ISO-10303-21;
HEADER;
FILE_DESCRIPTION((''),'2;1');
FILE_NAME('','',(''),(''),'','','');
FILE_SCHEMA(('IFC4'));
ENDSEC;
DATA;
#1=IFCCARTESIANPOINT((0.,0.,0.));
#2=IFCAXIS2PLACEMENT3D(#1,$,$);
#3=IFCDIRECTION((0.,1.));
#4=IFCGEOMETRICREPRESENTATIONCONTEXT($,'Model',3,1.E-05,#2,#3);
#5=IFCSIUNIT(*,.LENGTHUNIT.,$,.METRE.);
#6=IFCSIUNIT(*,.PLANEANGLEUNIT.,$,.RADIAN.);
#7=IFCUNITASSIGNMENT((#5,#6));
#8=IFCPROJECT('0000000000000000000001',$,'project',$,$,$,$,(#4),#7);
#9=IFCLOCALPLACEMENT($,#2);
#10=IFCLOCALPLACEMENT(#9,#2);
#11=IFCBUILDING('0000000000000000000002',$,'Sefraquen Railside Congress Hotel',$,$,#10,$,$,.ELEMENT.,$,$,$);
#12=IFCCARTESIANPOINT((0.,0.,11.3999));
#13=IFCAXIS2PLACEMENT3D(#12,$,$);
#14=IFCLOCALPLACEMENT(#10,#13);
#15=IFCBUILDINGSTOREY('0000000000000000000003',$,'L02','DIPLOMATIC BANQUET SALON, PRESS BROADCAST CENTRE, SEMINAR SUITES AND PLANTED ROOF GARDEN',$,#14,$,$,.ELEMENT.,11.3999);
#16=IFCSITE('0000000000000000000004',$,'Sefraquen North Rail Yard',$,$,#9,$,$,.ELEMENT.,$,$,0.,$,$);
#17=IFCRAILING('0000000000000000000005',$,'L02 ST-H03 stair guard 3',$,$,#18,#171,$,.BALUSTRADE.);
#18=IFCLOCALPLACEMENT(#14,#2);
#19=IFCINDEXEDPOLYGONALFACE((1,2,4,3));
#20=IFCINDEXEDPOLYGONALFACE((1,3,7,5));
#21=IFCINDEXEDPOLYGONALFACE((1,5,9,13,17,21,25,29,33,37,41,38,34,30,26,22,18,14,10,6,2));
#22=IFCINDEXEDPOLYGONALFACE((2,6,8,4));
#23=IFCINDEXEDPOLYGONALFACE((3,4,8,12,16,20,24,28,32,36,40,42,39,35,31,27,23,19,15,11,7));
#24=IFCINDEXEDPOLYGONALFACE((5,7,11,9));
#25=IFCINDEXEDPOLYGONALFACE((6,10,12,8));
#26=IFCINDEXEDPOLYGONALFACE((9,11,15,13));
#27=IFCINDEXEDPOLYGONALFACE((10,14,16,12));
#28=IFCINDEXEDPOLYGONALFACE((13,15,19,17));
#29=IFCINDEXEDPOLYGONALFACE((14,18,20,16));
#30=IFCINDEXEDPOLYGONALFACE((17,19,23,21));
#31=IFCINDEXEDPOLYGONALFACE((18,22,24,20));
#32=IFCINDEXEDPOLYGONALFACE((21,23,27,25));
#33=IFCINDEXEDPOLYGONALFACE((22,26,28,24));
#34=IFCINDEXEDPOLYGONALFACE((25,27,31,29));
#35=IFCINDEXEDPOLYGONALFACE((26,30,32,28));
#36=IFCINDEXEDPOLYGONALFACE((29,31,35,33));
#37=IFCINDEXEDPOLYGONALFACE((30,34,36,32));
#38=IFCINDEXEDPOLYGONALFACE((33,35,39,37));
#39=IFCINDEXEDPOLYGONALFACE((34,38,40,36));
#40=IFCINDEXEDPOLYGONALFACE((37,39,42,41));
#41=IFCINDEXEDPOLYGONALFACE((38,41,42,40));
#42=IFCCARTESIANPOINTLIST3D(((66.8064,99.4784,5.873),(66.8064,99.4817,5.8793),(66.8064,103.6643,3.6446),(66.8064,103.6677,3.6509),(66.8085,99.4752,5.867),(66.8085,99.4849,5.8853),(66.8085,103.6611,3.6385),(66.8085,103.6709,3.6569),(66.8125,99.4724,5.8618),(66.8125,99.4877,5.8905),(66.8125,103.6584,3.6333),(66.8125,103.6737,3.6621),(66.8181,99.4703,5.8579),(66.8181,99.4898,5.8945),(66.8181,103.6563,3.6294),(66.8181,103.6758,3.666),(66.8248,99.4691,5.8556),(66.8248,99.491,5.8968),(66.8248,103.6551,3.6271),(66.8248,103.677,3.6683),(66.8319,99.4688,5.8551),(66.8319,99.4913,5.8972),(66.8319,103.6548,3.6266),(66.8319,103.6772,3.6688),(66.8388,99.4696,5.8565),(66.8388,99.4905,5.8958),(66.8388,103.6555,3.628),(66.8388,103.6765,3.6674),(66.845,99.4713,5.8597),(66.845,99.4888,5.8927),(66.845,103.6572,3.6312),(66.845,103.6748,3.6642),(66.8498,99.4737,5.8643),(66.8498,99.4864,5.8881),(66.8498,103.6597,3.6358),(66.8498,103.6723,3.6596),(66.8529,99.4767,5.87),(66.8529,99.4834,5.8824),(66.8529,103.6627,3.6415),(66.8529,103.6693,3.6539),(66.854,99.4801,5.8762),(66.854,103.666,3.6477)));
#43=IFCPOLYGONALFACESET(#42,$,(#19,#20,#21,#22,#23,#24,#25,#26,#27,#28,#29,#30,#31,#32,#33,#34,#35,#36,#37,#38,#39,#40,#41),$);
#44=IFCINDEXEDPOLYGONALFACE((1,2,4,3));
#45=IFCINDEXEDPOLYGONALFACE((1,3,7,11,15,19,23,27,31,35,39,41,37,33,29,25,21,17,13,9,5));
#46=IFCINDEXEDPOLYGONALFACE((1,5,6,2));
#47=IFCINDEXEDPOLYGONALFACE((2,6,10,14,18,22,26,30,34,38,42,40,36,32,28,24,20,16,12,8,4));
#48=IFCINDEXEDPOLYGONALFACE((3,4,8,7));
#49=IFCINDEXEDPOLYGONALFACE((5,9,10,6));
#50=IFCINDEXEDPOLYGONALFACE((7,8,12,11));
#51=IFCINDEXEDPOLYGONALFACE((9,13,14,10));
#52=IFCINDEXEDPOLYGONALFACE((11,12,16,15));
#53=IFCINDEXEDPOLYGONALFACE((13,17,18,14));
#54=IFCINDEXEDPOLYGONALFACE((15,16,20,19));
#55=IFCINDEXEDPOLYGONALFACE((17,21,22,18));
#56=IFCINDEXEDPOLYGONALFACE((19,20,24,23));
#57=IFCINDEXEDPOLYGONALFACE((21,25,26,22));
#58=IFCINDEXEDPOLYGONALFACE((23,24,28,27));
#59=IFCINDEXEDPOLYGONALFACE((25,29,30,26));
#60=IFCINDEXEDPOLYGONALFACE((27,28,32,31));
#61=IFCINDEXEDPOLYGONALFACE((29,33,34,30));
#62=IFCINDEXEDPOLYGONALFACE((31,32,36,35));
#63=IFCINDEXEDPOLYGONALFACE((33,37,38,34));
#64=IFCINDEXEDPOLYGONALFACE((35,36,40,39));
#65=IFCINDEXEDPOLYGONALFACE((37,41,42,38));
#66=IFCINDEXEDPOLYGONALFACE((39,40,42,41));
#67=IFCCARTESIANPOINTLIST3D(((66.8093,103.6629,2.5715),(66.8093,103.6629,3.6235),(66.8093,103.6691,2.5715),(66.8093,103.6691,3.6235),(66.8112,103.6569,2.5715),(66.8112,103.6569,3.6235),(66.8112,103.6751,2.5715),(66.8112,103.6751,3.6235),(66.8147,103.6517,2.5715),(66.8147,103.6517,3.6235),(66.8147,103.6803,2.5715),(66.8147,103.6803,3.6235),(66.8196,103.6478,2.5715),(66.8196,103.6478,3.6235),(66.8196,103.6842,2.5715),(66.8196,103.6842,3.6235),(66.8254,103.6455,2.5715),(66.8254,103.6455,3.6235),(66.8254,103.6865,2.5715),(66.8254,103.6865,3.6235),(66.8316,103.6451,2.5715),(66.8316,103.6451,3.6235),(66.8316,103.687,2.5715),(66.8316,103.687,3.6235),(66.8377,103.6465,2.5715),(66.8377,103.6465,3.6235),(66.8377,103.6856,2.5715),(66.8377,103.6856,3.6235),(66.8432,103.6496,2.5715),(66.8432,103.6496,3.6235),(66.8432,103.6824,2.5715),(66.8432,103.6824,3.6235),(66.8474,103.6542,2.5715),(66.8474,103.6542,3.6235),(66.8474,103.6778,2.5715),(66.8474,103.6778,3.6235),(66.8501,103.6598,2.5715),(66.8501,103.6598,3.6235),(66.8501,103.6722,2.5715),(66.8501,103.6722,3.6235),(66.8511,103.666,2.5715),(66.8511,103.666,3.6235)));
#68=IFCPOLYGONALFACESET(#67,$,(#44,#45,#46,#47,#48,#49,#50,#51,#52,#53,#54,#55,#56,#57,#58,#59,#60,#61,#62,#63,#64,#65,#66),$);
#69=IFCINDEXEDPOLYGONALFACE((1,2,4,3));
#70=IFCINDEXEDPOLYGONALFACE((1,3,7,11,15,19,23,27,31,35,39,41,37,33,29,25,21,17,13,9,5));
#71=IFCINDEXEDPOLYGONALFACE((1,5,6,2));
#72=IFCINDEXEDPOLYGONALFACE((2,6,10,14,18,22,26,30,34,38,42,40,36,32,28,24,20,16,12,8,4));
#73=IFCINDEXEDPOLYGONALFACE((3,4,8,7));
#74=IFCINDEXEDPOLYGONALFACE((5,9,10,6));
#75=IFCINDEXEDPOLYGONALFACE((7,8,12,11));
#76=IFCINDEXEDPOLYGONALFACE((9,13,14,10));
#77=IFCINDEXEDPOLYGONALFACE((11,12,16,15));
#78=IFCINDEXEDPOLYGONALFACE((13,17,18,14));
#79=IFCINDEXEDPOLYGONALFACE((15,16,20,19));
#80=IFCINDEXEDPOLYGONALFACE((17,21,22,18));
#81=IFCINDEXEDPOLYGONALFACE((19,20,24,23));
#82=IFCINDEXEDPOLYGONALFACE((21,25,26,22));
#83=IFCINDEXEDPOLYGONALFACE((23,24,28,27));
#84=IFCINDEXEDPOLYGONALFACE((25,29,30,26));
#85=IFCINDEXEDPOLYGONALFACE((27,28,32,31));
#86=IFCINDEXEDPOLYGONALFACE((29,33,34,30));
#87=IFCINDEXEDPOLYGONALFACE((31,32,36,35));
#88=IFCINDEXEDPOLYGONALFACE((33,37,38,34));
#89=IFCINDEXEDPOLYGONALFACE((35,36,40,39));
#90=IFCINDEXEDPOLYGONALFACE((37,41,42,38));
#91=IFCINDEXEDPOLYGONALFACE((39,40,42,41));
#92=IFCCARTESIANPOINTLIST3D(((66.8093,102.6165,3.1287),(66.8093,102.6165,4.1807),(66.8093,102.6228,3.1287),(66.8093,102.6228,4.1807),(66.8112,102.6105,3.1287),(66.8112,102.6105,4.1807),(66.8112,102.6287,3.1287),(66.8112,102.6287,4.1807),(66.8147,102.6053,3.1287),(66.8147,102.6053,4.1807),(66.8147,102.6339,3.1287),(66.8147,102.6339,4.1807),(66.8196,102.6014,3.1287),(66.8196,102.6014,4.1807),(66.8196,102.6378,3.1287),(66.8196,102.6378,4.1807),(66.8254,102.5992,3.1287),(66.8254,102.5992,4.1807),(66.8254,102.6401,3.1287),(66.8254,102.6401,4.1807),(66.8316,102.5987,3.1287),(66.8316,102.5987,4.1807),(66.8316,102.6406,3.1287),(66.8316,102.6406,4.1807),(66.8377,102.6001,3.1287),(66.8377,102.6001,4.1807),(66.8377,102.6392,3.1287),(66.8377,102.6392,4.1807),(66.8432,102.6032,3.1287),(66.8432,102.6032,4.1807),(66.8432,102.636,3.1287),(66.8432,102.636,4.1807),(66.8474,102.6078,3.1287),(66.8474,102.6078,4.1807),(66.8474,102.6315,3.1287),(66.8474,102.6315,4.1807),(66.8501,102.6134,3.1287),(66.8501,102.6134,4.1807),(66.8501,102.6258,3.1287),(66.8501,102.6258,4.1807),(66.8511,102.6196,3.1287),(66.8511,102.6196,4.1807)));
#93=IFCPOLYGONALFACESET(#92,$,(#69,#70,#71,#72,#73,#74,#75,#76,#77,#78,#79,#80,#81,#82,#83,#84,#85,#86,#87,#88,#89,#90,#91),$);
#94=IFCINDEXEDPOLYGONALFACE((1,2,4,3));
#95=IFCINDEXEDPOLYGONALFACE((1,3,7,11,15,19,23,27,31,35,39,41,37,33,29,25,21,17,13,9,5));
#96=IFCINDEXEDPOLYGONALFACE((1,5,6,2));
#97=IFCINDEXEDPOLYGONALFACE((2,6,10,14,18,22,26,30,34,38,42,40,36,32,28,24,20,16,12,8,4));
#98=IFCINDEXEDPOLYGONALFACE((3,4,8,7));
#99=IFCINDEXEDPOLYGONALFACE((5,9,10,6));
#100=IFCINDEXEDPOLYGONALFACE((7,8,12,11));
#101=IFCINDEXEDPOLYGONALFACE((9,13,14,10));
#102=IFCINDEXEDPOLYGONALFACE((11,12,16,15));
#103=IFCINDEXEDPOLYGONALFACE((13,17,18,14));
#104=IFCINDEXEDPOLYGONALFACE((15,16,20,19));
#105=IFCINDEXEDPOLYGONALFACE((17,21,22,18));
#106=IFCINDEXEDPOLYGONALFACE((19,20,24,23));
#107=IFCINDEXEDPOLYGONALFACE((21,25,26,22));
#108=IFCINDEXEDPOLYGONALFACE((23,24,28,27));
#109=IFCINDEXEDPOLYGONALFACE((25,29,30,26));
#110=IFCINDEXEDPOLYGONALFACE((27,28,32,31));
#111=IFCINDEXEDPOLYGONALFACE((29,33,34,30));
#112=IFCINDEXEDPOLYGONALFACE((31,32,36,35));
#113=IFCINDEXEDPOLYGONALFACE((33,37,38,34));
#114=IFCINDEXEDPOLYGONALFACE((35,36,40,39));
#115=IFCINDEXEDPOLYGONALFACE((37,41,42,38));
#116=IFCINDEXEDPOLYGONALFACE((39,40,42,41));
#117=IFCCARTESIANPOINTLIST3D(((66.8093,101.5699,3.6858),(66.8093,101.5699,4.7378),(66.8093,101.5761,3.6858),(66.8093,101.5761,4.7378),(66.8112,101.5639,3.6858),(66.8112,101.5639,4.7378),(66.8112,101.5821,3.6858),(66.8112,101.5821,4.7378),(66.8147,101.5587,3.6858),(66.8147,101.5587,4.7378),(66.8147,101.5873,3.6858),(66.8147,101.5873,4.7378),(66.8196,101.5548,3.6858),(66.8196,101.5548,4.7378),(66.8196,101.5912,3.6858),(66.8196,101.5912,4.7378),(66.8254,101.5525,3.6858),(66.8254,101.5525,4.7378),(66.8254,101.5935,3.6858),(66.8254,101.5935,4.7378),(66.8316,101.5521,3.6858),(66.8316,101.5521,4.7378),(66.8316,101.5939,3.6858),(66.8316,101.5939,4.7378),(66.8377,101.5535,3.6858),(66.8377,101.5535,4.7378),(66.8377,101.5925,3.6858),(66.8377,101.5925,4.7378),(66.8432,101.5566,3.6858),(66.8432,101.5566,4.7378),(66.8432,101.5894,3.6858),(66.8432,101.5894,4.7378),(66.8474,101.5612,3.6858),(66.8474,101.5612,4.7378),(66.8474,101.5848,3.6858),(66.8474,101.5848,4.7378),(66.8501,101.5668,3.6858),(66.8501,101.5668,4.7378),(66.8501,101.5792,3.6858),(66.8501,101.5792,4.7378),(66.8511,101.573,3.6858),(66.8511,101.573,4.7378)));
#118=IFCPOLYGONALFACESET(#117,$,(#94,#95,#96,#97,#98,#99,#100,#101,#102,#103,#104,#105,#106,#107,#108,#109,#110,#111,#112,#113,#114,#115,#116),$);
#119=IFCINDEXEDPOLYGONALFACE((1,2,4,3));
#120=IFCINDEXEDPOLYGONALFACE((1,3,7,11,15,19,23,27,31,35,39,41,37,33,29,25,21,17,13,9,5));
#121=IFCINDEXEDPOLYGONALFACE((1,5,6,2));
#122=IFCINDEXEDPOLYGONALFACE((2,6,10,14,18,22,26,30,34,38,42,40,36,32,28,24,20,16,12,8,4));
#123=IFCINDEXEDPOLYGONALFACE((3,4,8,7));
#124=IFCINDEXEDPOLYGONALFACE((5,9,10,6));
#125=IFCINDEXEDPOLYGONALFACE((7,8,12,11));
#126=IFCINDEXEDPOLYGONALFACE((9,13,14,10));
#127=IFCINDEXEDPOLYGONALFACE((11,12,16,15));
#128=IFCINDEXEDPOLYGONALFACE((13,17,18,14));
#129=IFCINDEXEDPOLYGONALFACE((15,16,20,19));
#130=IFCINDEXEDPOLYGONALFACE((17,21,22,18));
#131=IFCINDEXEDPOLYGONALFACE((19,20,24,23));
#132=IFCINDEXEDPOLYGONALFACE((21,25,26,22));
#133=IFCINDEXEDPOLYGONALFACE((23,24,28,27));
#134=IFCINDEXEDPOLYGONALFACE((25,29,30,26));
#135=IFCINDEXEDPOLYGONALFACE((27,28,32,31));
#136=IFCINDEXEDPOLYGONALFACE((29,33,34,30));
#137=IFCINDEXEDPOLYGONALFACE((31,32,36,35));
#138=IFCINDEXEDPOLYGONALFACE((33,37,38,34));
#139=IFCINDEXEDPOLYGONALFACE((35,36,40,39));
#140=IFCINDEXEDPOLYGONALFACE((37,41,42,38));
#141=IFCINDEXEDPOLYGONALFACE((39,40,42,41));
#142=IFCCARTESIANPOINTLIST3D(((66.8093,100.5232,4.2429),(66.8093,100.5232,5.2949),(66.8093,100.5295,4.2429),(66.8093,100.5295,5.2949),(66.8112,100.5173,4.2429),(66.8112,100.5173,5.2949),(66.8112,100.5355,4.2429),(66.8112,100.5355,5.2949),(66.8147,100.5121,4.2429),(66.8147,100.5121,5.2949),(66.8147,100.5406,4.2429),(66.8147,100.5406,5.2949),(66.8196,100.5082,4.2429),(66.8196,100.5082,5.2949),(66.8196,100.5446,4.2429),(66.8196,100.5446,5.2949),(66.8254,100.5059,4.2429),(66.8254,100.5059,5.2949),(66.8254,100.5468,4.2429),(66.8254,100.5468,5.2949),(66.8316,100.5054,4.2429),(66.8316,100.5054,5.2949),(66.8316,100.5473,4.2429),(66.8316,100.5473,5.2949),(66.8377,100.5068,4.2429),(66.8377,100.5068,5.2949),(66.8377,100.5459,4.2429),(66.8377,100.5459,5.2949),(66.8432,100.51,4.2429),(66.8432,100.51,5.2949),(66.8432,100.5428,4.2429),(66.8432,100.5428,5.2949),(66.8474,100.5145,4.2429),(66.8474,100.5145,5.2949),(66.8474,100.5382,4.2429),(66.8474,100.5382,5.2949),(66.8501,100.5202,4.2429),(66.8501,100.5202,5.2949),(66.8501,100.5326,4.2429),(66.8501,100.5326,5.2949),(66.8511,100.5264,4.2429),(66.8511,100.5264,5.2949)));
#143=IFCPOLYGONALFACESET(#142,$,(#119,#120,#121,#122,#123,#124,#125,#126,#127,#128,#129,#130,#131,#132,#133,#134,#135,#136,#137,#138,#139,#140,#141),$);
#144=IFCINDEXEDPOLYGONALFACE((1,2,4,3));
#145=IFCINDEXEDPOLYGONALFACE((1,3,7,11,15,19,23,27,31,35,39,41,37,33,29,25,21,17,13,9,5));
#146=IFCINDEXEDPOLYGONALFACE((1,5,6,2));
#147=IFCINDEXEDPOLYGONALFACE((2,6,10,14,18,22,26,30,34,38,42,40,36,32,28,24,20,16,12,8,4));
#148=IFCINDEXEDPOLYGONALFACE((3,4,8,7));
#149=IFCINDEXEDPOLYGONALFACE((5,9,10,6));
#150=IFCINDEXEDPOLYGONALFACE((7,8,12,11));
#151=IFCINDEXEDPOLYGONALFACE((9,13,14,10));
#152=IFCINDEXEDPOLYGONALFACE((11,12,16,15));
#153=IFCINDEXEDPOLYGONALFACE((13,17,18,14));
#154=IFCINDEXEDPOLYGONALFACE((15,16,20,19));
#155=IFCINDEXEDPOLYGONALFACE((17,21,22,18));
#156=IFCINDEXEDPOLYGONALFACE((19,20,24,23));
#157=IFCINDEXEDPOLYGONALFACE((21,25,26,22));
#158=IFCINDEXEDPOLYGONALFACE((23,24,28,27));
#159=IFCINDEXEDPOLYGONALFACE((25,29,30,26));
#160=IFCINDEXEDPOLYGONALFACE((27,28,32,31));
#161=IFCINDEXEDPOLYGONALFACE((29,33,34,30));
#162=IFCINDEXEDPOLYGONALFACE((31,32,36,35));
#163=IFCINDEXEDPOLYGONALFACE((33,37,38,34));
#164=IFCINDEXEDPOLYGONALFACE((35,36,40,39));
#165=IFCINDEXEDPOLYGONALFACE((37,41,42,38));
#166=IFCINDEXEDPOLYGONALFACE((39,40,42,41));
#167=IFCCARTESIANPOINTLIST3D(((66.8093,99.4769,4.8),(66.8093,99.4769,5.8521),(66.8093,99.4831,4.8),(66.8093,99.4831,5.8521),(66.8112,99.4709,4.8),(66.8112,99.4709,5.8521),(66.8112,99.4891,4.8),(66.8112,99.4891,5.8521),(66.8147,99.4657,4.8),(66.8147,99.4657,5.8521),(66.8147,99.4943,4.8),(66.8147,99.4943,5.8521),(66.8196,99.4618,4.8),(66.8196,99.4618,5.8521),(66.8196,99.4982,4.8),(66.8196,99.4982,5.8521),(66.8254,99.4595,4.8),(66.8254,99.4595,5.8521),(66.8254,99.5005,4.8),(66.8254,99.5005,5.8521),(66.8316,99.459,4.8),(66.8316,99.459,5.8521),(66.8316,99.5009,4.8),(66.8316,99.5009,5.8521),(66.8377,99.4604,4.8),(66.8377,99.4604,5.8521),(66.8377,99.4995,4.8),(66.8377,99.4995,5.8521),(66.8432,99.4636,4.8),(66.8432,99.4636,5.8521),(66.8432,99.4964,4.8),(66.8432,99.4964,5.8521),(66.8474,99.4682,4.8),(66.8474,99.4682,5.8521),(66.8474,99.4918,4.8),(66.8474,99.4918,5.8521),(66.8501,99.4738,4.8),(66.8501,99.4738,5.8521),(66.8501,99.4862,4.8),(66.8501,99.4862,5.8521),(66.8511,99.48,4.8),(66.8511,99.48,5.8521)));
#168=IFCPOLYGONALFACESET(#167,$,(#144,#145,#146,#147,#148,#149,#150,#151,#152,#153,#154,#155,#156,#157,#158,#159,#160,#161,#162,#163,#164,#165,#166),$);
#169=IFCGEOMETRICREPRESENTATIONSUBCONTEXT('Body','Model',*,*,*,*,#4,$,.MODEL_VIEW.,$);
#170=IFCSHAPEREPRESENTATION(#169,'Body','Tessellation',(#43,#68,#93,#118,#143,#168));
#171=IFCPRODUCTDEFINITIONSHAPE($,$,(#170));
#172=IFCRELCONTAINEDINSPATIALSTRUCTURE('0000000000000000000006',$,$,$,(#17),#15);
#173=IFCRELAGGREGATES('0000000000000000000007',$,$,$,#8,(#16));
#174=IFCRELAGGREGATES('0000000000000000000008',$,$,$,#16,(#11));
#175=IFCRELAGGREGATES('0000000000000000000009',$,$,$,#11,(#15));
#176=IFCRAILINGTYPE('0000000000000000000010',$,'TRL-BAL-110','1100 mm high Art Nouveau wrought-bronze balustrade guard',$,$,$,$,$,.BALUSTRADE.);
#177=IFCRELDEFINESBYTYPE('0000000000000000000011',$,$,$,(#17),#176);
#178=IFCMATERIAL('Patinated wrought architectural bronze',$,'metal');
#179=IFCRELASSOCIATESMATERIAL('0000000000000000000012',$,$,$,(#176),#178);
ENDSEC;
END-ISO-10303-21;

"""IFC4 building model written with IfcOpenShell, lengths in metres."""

from ifc_helpers import new_model, si_unit, direction, frame, origin, origin_2d, place, context, subcontext, project, spatial, circle, extrude, material, type_object, element, save


model = new_model("IFC4")

# Units and contexts
model_context = context("Model", 3, precision=1e-05, world=origin(), true_north=direction((0.0, 1.0)))
body_context = subcontext(model_context, "Body", "Model", "MODEL_VIEW")
ifc_project = project(units=[si_unit("LENGTHUNIT", "METRE"), si_unit("PLANEANGLEUNIT", "RADIAN")], contexts=[model_context])

# Site, building, storey
site_placement = place(None, origin())
site = spatial("IfcSite", under=ifc_project, at=site_placement, Name="Sefraquen North Rail Yard", CompositionType="ELEMENT", RefElevation=0.0)
building_placement = place(site_placement, origin())
building = spatial("IfcBuilding", under=site, at=building_placement, Name="Sefraquen Railside Congress Hotel", CompositionType="ELEMENT")
storey_placement = place(building_placement, frame((0.0, 0.0, 11.3999)))
storey = spatial("IfcBuildingStorey", under=building, at=storey_placement, Name="L02", Description="DIPLOMATIC BANQUET SALON, PRESS BROADCAST CENTRE, SEMINAR SUITES AND PLANTED ROOF GARDEN", CompositionType="ELEMENT", Elevation=11.3999)

# Railing
ifc_material_1 = material(Name="Patinated wrought architectural bronze", Category="metal")
railing_type_1 = type_object("IfcRailingType", Name="TRL-BAL-110", Description="1100 mm high Art Nouveau wrought-bronze balustrade guard", PredefinedType="BALUSTRADE", material=ifc_material_1)
railing_1_placement = place(storey_placement, frame((66.8301, 103.666, 2.5715)))
element("IfcRailing", 1, at=railing_1_placement, inside=storey, type_object=railing_type_1, Name="L02 ST-H03 stair guard 3", PredefinedType="BALUSTRADE", context=body_context, shape_type="SweptSolid", body=[
    extrude(circle(Radius=0.0239, at=origin_2d()), frame((0.0, 0.0, 1.0762), z_axis=(0.0, -0.882706, 0.469925), x_axis=(1.0, 0.0, 0.0)), (0.0, 0.0, 1.0), 4.7422),
    extrude(circle(Radius=0.021, at=origin_2d()), origin(), (0.0, 0.0, 1.0), 1.052),
    extrude(circle(Radius=0.021, at=origin_2d()), frame((0.0, -1.0464, 0.5571)), (0.0, 0.0, 1.0), 1.052),
    extrude(circle(Radius=0.021, at=origin_2d()), frame((0.0, -2.093, 1.1143)), (0.0, 0.0, 1.0), 1.052),
    extrude(circle(Radius=0.021, at=origin_2d()), frame((0.0, -3.1396, 1.6714)), (0.0, 0.0, 1.0), 1.052),
    extrude(circle(Radius=0.021, at=origin_2d()), frame((0.0, -4.186, 2.2285)), (0.0, 0.0, 1.0), 1.052),
])

save(model, "model.ifc")
